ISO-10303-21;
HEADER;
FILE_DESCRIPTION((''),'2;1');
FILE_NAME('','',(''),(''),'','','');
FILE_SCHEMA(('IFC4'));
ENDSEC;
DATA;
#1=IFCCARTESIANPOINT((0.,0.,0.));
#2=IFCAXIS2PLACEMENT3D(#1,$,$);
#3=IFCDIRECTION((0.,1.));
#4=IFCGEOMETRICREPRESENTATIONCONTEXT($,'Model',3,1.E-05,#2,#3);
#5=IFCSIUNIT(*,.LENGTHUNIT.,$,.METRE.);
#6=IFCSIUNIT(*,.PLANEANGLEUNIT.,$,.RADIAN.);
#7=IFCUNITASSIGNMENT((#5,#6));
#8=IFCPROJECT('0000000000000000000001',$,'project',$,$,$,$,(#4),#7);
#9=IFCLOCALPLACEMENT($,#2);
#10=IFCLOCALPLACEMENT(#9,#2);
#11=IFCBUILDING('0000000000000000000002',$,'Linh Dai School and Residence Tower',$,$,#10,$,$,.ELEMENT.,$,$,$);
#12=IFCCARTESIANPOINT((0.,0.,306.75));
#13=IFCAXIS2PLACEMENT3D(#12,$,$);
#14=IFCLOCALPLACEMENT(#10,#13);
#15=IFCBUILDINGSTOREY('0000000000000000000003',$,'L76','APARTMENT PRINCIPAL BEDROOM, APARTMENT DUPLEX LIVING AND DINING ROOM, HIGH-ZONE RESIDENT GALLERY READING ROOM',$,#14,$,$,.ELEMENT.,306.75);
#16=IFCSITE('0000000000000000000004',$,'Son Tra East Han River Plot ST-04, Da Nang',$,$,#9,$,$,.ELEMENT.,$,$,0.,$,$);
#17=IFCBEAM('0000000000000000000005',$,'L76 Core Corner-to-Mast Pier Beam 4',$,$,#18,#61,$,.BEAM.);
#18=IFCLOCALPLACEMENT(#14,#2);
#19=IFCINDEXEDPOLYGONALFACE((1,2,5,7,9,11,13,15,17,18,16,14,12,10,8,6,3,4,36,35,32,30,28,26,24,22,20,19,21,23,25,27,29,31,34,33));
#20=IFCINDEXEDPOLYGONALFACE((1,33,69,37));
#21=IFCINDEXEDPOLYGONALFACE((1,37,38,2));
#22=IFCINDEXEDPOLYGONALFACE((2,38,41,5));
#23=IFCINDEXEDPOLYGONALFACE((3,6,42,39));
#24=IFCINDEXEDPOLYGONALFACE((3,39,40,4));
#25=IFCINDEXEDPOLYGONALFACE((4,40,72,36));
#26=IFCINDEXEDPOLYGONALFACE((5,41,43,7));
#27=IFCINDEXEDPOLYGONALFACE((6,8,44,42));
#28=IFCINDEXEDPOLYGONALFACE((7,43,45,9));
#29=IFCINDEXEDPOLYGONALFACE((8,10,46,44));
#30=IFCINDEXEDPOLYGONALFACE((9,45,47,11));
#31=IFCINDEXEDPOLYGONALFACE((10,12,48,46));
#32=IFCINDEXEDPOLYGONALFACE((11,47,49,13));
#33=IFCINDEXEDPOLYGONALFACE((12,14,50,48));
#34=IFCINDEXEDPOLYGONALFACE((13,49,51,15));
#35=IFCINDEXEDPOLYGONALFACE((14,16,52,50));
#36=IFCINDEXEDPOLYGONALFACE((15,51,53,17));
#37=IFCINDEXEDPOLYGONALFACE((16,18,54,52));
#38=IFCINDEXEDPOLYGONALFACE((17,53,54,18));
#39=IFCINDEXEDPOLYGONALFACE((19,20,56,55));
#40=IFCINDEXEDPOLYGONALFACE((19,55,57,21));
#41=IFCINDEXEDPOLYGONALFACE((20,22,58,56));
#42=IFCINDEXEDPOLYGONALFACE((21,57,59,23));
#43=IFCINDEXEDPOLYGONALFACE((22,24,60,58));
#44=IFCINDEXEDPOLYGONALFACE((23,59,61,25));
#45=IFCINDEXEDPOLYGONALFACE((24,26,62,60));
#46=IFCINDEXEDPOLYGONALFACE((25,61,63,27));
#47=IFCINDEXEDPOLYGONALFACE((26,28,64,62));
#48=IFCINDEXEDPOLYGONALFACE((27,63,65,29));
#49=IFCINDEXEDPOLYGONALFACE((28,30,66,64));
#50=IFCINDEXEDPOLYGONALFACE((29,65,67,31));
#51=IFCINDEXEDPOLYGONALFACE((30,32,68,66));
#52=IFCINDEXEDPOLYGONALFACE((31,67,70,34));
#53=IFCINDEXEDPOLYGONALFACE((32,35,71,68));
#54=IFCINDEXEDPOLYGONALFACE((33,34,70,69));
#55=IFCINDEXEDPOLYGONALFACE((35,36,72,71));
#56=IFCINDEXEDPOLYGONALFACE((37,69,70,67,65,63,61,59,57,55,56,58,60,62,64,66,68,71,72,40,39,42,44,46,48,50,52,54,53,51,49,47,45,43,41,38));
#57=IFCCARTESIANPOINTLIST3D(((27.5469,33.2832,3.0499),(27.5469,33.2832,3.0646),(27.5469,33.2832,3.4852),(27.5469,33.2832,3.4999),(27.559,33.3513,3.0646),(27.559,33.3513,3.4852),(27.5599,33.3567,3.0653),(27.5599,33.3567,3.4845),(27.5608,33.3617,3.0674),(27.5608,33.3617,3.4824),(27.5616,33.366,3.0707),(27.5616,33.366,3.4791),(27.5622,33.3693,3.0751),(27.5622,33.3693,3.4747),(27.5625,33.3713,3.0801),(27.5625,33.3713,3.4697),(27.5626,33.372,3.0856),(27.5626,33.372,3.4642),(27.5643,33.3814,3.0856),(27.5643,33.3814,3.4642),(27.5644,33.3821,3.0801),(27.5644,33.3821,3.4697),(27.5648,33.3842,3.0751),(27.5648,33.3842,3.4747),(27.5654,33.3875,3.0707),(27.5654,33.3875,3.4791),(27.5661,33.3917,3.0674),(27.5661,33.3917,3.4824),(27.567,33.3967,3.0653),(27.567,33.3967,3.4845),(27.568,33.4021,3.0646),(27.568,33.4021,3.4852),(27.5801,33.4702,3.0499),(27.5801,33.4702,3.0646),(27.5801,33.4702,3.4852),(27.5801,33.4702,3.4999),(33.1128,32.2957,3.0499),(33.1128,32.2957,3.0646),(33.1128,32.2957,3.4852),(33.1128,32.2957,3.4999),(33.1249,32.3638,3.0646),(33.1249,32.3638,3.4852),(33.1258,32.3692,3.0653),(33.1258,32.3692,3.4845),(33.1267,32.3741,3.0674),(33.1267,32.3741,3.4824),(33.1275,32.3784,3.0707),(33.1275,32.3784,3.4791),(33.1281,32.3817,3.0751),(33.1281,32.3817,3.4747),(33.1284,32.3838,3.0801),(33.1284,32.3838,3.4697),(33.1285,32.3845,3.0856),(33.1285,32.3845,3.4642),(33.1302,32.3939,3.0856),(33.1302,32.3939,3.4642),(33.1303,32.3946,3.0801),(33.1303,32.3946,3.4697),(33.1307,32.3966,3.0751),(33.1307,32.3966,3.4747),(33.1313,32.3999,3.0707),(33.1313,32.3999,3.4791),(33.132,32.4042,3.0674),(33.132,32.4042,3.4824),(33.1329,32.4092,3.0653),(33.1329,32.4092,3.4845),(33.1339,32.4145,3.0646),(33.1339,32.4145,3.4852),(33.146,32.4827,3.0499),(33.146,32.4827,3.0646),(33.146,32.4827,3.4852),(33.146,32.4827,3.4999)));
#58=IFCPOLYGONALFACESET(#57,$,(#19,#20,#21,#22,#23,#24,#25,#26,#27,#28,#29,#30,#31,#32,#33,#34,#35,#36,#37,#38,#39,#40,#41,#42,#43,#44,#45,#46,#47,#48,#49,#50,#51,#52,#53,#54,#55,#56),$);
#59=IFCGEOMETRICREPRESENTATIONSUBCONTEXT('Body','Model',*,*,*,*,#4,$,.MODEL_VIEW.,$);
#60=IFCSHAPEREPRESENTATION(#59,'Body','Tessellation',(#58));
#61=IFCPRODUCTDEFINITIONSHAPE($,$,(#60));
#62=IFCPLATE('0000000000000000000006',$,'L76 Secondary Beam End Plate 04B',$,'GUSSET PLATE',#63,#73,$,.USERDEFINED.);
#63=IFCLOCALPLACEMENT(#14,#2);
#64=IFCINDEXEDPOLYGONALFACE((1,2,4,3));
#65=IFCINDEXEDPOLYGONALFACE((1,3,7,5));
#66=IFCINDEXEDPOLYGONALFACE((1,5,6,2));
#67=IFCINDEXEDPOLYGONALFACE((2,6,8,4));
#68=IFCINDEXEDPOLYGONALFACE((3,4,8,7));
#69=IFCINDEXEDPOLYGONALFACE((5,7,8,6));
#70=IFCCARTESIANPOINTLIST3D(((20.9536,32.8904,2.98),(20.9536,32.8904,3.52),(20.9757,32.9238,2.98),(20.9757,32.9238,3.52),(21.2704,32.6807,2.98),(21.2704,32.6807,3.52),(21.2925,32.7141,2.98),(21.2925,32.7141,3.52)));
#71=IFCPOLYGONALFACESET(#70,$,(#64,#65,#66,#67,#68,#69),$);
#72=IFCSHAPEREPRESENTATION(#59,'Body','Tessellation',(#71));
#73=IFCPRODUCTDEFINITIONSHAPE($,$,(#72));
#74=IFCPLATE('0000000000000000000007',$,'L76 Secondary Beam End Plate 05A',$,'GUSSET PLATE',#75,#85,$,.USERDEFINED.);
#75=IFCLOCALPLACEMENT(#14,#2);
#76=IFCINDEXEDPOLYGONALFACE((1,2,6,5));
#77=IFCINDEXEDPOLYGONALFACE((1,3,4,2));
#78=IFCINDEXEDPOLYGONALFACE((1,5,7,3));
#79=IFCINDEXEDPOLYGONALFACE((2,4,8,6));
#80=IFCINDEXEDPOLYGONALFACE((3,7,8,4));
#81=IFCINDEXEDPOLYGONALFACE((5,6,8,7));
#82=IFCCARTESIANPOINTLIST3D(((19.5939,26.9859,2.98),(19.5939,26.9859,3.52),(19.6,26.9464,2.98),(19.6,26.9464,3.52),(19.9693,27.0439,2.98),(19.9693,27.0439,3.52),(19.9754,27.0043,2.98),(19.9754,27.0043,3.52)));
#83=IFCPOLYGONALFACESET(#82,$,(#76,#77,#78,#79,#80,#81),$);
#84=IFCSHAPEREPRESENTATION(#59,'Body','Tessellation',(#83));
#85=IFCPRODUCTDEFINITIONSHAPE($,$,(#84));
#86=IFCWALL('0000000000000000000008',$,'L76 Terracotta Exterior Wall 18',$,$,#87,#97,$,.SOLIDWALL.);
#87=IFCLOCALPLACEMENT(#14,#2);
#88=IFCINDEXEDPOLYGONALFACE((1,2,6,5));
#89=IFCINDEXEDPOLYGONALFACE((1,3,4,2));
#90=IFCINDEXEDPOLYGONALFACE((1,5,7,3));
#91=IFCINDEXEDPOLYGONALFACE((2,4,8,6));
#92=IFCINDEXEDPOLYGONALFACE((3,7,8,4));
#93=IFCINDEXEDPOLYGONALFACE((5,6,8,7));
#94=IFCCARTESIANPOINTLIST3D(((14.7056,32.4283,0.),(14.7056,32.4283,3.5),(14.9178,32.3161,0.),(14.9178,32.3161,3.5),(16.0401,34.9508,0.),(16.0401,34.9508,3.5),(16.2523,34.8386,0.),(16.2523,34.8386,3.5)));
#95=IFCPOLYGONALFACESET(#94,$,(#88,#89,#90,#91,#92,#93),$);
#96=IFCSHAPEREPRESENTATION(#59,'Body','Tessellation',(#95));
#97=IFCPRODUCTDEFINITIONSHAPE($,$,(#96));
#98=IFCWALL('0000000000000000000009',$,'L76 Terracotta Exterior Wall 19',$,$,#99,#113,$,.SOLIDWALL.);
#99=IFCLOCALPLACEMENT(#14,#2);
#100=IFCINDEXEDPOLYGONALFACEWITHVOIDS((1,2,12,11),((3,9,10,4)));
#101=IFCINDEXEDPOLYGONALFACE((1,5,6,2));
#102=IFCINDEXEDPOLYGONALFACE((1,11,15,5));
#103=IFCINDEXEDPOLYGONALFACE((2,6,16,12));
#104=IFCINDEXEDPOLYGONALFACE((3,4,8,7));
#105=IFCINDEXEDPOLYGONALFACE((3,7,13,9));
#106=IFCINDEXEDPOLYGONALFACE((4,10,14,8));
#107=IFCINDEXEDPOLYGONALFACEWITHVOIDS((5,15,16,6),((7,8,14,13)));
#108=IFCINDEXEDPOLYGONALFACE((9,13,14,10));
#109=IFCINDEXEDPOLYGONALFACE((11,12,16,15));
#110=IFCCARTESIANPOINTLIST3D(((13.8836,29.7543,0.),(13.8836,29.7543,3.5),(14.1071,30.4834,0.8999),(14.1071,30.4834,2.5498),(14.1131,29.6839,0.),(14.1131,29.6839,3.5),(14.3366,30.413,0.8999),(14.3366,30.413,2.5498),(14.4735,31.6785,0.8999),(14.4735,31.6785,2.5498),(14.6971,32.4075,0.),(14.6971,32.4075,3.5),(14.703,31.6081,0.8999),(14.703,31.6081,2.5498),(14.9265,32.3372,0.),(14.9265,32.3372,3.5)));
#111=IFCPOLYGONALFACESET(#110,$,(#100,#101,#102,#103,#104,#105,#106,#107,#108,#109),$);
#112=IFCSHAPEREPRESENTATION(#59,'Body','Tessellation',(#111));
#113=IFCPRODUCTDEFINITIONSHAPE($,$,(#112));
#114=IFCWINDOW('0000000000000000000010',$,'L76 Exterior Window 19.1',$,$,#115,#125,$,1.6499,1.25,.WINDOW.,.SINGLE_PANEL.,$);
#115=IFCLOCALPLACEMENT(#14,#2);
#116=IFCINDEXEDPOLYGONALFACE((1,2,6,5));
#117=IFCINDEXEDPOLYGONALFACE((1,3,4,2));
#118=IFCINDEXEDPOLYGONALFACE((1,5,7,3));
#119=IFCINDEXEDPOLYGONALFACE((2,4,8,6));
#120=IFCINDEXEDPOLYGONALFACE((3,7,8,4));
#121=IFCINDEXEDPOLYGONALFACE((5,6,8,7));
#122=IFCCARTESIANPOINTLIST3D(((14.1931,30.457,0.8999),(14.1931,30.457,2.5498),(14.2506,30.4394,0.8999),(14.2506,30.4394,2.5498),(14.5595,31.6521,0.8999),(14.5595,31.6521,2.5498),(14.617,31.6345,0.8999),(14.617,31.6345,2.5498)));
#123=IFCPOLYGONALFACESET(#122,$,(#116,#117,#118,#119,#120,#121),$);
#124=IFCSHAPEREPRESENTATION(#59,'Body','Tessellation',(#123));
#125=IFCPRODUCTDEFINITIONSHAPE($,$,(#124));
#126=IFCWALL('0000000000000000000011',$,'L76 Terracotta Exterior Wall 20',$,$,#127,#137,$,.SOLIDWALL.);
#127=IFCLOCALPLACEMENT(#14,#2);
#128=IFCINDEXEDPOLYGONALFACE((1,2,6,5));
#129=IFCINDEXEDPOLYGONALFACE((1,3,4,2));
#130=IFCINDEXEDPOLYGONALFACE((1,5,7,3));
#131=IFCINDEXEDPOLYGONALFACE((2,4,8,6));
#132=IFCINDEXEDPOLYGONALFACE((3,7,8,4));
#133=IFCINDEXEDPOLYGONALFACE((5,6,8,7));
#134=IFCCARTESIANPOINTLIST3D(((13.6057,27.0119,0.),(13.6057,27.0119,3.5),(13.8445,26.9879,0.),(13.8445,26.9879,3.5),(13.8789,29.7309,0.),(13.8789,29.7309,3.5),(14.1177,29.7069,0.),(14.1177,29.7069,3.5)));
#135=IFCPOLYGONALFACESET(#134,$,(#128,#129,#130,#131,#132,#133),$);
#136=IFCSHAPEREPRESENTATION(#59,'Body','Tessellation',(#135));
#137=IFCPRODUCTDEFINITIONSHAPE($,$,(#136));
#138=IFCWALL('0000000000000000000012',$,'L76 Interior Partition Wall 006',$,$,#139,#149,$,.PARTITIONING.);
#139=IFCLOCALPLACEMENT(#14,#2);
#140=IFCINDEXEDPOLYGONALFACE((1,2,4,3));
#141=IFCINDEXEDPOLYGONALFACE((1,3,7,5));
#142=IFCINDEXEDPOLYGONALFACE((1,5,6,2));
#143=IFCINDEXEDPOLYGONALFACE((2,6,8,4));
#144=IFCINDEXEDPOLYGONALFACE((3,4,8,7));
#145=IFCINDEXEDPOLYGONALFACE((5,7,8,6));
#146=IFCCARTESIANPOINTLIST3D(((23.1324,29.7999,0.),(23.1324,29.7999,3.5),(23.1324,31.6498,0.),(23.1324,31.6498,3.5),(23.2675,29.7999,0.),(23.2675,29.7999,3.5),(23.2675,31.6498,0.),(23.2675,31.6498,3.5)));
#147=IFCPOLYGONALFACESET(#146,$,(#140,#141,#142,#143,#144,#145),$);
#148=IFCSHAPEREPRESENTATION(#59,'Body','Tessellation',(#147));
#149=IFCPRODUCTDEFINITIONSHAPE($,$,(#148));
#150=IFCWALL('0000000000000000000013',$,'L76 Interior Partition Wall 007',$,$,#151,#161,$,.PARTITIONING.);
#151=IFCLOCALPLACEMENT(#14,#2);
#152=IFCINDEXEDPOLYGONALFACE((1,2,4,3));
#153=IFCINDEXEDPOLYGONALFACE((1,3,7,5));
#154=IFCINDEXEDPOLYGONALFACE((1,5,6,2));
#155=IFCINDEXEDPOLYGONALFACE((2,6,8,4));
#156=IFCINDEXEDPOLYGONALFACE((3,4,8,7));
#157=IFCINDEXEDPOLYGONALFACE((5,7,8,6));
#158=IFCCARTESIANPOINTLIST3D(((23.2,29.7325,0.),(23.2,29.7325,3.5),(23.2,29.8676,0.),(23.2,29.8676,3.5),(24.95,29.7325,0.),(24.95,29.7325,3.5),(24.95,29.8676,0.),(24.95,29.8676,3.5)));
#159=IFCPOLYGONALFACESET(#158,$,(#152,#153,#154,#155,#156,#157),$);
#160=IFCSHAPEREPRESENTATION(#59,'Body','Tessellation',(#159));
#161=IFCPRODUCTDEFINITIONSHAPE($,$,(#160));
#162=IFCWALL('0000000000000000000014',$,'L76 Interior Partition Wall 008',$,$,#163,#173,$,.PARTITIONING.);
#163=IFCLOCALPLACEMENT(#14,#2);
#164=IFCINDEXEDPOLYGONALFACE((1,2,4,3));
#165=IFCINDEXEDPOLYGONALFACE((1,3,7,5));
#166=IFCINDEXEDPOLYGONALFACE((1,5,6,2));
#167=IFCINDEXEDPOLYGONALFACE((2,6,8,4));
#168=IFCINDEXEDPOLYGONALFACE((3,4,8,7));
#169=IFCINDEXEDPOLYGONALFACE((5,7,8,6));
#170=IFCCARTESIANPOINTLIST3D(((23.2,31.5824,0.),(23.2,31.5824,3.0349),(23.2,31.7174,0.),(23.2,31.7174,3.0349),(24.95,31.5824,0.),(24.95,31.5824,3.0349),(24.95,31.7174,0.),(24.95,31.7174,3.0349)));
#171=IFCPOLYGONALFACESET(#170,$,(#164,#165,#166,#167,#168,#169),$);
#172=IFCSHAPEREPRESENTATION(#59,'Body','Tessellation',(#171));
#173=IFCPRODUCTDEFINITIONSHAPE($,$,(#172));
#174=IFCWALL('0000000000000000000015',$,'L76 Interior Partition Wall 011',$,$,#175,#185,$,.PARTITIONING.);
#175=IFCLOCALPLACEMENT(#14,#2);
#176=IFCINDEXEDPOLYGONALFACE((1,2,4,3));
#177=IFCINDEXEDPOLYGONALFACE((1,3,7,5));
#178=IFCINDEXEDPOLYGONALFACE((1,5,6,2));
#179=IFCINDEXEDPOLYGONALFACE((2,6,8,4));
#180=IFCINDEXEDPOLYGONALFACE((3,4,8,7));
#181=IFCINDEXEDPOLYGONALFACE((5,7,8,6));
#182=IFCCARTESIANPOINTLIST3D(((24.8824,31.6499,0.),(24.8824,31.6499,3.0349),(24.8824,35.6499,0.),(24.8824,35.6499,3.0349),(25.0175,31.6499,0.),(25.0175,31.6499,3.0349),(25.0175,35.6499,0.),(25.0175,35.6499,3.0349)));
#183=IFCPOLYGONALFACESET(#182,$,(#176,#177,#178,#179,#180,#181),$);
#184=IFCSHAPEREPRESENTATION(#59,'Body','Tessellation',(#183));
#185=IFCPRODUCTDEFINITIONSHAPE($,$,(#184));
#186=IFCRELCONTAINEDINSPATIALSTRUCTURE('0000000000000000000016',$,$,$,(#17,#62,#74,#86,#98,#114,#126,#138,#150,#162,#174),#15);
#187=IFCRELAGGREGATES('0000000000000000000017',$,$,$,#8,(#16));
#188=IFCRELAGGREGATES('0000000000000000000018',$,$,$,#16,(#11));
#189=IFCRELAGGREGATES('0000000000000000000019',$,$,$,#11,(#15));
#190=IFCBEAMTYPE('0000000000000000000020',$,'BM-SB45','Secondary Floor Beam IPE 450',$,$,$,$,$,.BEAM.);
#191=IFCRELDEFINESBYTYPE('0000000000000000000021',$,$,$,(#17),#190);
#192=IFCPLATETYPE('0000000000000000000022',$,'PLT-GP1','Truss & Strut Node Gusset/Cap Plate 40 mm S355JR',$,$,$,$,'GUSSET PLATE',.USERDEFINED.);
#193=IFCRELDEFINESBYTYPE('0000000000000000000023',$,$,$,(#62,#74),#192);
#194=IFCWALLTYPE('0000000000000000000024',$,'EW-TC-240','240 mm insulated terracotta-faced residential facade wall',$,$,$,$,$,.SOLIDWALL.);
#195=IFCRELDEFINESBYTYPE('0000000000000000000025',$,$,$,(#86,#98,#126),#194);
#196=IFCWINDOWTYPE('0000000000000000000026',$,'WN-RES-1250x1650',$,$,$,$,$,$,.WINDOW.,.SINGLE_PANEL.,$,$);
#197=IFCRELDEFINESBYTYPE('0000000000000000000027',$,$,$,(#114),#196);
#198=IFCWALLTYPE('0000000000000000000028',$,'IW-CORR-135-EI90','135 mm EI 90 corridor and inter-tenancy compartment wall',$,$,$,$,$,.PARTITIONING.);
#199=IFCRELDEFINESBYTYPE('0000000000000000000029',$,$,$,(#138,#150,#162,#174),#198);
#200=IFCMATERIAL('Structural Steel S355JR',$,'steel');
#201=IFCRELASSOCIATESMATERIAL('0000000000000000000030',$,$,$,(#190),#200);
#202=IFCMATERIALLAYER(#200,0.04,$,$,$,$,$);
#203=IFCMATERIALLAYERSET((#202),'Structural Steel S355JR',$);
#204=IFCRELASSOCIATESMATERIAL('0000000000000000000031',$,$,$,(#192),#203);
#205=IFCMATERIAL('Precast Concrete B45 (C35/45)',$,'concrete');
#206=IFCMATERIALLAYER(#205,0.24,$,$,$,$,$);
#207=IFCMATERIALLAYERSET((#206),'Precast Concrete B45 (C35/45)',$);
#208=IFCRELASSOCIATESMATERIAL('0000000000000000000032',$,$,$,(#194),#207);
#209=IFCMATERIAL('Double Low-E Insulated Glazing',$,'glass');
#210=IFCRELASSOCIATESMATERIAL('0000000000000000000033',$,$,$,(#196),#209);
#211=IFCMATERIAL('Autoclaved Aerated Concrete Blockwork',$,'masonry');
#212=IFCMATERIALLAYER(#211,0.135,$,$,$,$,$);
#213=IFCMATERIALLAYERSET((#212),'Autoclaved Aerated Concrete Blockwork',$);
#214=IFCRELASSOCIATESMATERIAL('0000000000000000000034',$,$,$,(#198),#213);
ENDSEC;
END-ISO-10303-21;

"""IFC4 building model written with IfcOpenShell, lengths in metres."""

from ifc_helpers import new_model, si_unit, direction, frame, frame_2d, origin, origin_2d, place, context, subcontext, project, spatial, rectangle, i_section, extrude, source, transform, mapped, material, layer, layer_set, material_profile, profile_set, type_object, element, fill, save


model = new_model("IFC4")

# Units and contexts
model_context = context("Model", 3, precision=1e-05, world=origin(), true_north=direction((0.0, 1.0)))
body_context = subcontext(model_context, "Body", "Model", "MODEL_VIEW")
ifc_project = project(units=[si_unit("LENGTHUNIT", "METRE"), si_unit("PLANEANGLEUNIT", "RADIAN")], contexts=[model_context])

# Site, building, storey
site_placement = place(None, origin())
site = spatial("IfcSite", under=ifc_project, at=site_placement, Name="Son Tra East Han River Plot ST-04, Da Nang", CompositionType="ELEMENT", RefElevation=0.0)
building_placement = place(site_placement, origin())
building = spatial("IfcBuilding", under=site, at=building_placement, Name="Linh Dai School and Residence Tower", CompositionType="ELEMENT")
storey_placement = place(building_placement, frame((0.0, 0.0, 306.75)))
storey = spatial("IfcBuildingStorey", under=building, at=storey_placement, Name="L76", Description="APARTMENT PRINCIPAL BEDROOM, APARTMENT DUPLEX LIVING AND DINING ROOM, HIGH-ZONE RESIDENT GALLERY READING ROOM", CompositionType="ELEMENT", Elevation=306.75)

# Shared definitions
ifc_material_1 = material(Name="Structural Steel S355JR", Category="steel")

# Beam
ifc_material_profile_1 = material_profile(ifc_material_1, i_section(OverallWidth=0.1899, OverallDepth=0.45, WebThickness=0.0095, FlangeThickness=0.0146, FilletRadius=0.021, at=origin_2d()), Name="IPE 450")
ifc_profile_set_1 = profile_set([ifc_material_profile_1], Name="Structural Steel S355JR")
beam_type_1 = type_object("IfcBeamType", Name="BM-SB45", Description="Secondary Floor Beam IPE 450", PredefinedType="BEAM", material=ifc_profile_set_1)
beam_1_placement = place(storey_placement, frame((27.5635, 33.3767, 3.2749), z_axis=(0.984622, -0.174699, 0.0), x_axis=(0.174699, 0.984622, 0.0)))
element("IfcBeam", 1, at=beam_1_placement, inside=storey, type_object=beam_type_1, Name="L76 Core Corner-to-Mast Pier Beam 4", PredefinedType="BEAM", context=body_context, shape_type="SweptSolid", body=[
    extrude(i_section(OverallWidth=0.1899, OverallDepth=0.45, WebThickness=0.0095, FlangeThickness=0.0146, FilletRadius=0.021, at=origin_2d()), origin(), (0.0, 0.0, 1.0), 5.6528),
])

# Plates
ifc_layer_1 = layer(ifc_material_1, 0.04)
ifc_layer_set_1 = layer_set([ifc_layer_1], Name="Structural Steel S355JR")
plate_type = type_object("IfcPlateType", Name="PLT-GP1", Description="Truss & Strut Node Gusset/Cap Plate 40 mm S355JR", ElementType="GUSSET PLATE", PredefinedType="USERDEFINED", material=ifc_layer_set_1)
shared_shape_1 = source(origin(), body_context, "Body", "SweptSolid", [
    extrude(rectangle(XDim=0.04, YDim=0.3799, at=origin_2d()), origin(), (0.0, 0.0, 1.0), 0.54),
])
for number, where, z_axis, x_axis, name in (
    (2, (21.123, 32.8022, 2.98), (0.0, 0.0, 1.0), (-0.552122, -0.833763, 0.0), "L76 Secondary Beam End Plate 04B"),
    (3, (19.7847, 26.9951, 2.98), (0.0, 0.0, 1.0), (0.152474, -0.988308, 0.0), "L76 Secondary Beam End Plate 05A"),
):
    element("IfcPlate", number, at=place(storey_placement, frame(where, z_axis=z_axis, x_axis=x_axis)), inside=storey, type_object=plate_type, Name=name, ObjectType="GUSSET PLATE", PredefinedType="USERDEFINED", context=body_context, shape_type="MappedRepresentation", body=[
        mapped(shared_shape_1, transform((0.0, 0.0, 0.0), x_axis=(1.0, 0.0, 0.0), y_axis=(0.0, 1.0, 0.0), z_axis=(0.0, 0.0, 1.0), scale=1.0)),
    ])

# Wall
ifc_material_2 = material(Name="Precast Concrete B45 (C35/45)", Category="concrete")
ifc_layer_2 = layer(ifc_material_2, 0.24)
ifc_layer_set_2 = layer_set([ifc_layer_2], Name="Precast Concrete B45 (C35/45)")
wall_type_1 = type_object("IfcWallType", Name="EW-TC-240", Description="240 mm insulated terracotta-faced residential facade wall", PredefinedType="SOLIDWALL", material=ifc_layer_set_2)
wall_1_placement = place(storey_placement, frame((14.8118, 32.3723, 0.0), z_axis=(0.0, 0.0, 1.0), x_axis=(0.467628, 0.883925, 0.0)))
element("IfcWall", 4, at=wall_1_placement, inside=storey, type_object=wall_type_1, Name="L76 Terracotta Exterior Wall 18", PredefinedType="SOLIDWALL", context=body_context, shape_type="SweptSolid", body=[
    extrude(rectangle(XDim=2.8538, YDim=0.24, at=frame_2d((1.4268, 0.0))), origin(), (0.0, 0.0, 1.0), 3.5),
])

# Wall, opening, window
wall_2_placement = place(storey_placement, frame((13.9983, 29.719, 0.0), z_axis=(0.0, 0.0, 1.0), x_axis=(0.293121, 0.956075, 0.0)))
wall_2 = element("IfcWall", 5, at=wall_2_placement, inside=storey, type_object=wall_type_1, Name="L76 Terracotta Exterior Wall 19", PredefinedType="SOLIDWALL", context=body_context, shape_type="SweptSolid", body=[
    extrude(rectangle(XDim=2.7751, YDim=0.24, at=frame_2d((1.3877, 0.0))), origin(), (0.0, 0.0, 1.0), 3.5),
])
opening_placement = place(wall_2_placement, frame((0.7627, 0.0, 0.8999)))
opening = element("IfcOpeningElement", 6, at=opening_placement, cuts=wall_2, PredefinedType="OPENING", context=body_context, shape_type="SweptSolid", body=[
    extrude(rectangle(XDim=1.25, YDim=1.6499, at=origin_2d()), frame((0.625, 0.1299, 0.825), z_axis=(0.0, -1.0, 0.0), x_axis=(1.0, 0.0, 0.0)), (0.0, 0.0, 1.0), 0.26),
])
ifc_material_3 = material(Name="Double Low-E Insulated Glazing", Category="glass")
window_type = type_object("IfcWindowType", Name="WN-RES-1250x1650", PartitioningType="SINGLE_PANEL", PredefinedType="WINDOW", material=ifc_material_3)
shared_shape_2 = source(origin(), body_context, "Body", "SweptSolid", [
    extrude(rectangle(XDim=1.25, YDim=1.6499, at=origin_2d()), frame((0.625, 0.03, 0.825), z_axis=(0.0, -1.0, 0.0), x_axis=(1.0, 0.0, 0.0)), (0.0, 0.0, 1.0), 0.0601),
])
window_placement = place(opening_placement, origin())
window = element("IfcWindow", 7, at=window_placement, inside=storey, type_object=window_type, Name="L76 Exterior Window 19.1", OverallHeight=1.6499, OverallWidth=1.25, PartitioningType="SINGLE_PANEL", PredefinedType="WINDOW", context=body_context, shape_type="MappedRepresentation", body=[
    mapped(shared_shape_2, transform((0.0, 0.0, 0.0), x_axis=(1.0, 0.0, 0.0), y_axis=(0.0, 1.0, 0.0), z_axis=(0.0, 0.0, 1.0), scale=1.0)),
])
fill(opening, window)

# Walls
wall_3_placement = place(storey_placement, frame((13.7251, 27.0, 0.0), z_axis=(0.0, 0.0, 1.0), x_axis=(0.099973, 0.99499, 0.0)))
element("IfcWall", 8, at=wall_3_placement, inside=storey, type_object=wall_type_1, Name="L76 Terracotta Exterior Wall 20", PredefinedType="SOLIDWALL", context=body_context, shape_type="SweptSolid", body=[
    extrude(rectangle(XDim=2.7327, YDim=0.24, at=frame_2d((1.3662, 0.0))), origin(), (0.0, 0.0, 1.0), 3.5),
])
ifc_material_4 = material(Name="Autoclaved Aerated Concrete Blockwork", Category="masonry")
ifc_layer_3 = layer(ifc_material_4, 0.135)
ifc_layer_set_3 = layer_set([ifc_layer_3], Name="Autoclaved Aerated Concrete Blockwork")
wall_type_2 = type_object("IfcWallType", Name="IW-CORR-135-EI90", Description="135 mm EI 90 corridor and inter-tenancy compartment wall", PredefinedType="PARTITIONING", material=ifc_layer_set_3)
wall_4_placement = place(storey_placement, frame((23.2, 29.8, 0.0), z_axis=(0.0, 0.0, 1.0), x_axis=(0.0, 1.0, 0.0)))
element("IfcWall", 9, at=wall_4_placement, inside=storey, type_object=wall_type_2, Name="L76 Interior Partition Wall 006", PredefinedType="PARTITIONING", context=body_context, shape_type="SweptSolid", body=[
    extrude(rectangle(XDim=1.8499, YDim=0.135, at=frame_2d((0.9248, 0.0))), origin(), (0.0, 0.0, 1.0), 3.5),
])
wall_5_placement = place(storey_placement, frame((23.2, 29.8, 0.0), z_axis=(0.0, 0.0, 1.0), x_axis=(1.0, 0.0, 0.0)))
element("IfcWall", 10, at=wall_5_placement, inside=storey, type_object=wall_type_2, Name="L76 Interior Partition Wall 007", PredefinedType="PARTITIONING", context=body_context, shape_type="SweptSolid", body=[
    extrude(rectangle(XDim=1.75, YDim=0.135, at=frame_2d((0.875, 0.0))), origin(), (0.0, 0.0, 1.0), 3.5),
])
wall_6_placement = place(storey_placement, frame((23.2, 31.6499, 0.0), z_axis=(0.0, 0.0, 1.0), x_axis=(1.0, 0.0, 0.0)))
element("IfcWall", 11, at=wall_6_placement, inside=storey, type_object=wall_type_2, Name="L76 Interior Partition Wall 008", PredefinedType="PARTITIONING", context=body_context, shape_type="SweptSolid", body=[
    extrude(rectangle(XDim=1.75, YDim=0.135, at=frame_2d((0.875, 0.0))), origin(), (0.0, 0.0, 1.0), 3.0349),
])
wall_7_placement = place(storey_placement, frame((24.95, 31.6499, 0.0), z_axis=(0.0, 0.0, 1.0), x_axis=(0.0, 1.0, 0.0)))
element("IfcWall", 12, at=wall_7_placement, inside=storey, type_object=wall_type_2, Name="L76 Interior Partition Wall 011", PredefinedType="PARTITIONING", context=body_context, shape_type="SweptSolid", body=[
    extrude(rectangle(XDim=4.0, YDim=0.135, at=frame_2d((2.0, 0.0))), origin(), (0.0, 0.0, 1.0), 3.0349),
])

save(model, "model.ifc")
